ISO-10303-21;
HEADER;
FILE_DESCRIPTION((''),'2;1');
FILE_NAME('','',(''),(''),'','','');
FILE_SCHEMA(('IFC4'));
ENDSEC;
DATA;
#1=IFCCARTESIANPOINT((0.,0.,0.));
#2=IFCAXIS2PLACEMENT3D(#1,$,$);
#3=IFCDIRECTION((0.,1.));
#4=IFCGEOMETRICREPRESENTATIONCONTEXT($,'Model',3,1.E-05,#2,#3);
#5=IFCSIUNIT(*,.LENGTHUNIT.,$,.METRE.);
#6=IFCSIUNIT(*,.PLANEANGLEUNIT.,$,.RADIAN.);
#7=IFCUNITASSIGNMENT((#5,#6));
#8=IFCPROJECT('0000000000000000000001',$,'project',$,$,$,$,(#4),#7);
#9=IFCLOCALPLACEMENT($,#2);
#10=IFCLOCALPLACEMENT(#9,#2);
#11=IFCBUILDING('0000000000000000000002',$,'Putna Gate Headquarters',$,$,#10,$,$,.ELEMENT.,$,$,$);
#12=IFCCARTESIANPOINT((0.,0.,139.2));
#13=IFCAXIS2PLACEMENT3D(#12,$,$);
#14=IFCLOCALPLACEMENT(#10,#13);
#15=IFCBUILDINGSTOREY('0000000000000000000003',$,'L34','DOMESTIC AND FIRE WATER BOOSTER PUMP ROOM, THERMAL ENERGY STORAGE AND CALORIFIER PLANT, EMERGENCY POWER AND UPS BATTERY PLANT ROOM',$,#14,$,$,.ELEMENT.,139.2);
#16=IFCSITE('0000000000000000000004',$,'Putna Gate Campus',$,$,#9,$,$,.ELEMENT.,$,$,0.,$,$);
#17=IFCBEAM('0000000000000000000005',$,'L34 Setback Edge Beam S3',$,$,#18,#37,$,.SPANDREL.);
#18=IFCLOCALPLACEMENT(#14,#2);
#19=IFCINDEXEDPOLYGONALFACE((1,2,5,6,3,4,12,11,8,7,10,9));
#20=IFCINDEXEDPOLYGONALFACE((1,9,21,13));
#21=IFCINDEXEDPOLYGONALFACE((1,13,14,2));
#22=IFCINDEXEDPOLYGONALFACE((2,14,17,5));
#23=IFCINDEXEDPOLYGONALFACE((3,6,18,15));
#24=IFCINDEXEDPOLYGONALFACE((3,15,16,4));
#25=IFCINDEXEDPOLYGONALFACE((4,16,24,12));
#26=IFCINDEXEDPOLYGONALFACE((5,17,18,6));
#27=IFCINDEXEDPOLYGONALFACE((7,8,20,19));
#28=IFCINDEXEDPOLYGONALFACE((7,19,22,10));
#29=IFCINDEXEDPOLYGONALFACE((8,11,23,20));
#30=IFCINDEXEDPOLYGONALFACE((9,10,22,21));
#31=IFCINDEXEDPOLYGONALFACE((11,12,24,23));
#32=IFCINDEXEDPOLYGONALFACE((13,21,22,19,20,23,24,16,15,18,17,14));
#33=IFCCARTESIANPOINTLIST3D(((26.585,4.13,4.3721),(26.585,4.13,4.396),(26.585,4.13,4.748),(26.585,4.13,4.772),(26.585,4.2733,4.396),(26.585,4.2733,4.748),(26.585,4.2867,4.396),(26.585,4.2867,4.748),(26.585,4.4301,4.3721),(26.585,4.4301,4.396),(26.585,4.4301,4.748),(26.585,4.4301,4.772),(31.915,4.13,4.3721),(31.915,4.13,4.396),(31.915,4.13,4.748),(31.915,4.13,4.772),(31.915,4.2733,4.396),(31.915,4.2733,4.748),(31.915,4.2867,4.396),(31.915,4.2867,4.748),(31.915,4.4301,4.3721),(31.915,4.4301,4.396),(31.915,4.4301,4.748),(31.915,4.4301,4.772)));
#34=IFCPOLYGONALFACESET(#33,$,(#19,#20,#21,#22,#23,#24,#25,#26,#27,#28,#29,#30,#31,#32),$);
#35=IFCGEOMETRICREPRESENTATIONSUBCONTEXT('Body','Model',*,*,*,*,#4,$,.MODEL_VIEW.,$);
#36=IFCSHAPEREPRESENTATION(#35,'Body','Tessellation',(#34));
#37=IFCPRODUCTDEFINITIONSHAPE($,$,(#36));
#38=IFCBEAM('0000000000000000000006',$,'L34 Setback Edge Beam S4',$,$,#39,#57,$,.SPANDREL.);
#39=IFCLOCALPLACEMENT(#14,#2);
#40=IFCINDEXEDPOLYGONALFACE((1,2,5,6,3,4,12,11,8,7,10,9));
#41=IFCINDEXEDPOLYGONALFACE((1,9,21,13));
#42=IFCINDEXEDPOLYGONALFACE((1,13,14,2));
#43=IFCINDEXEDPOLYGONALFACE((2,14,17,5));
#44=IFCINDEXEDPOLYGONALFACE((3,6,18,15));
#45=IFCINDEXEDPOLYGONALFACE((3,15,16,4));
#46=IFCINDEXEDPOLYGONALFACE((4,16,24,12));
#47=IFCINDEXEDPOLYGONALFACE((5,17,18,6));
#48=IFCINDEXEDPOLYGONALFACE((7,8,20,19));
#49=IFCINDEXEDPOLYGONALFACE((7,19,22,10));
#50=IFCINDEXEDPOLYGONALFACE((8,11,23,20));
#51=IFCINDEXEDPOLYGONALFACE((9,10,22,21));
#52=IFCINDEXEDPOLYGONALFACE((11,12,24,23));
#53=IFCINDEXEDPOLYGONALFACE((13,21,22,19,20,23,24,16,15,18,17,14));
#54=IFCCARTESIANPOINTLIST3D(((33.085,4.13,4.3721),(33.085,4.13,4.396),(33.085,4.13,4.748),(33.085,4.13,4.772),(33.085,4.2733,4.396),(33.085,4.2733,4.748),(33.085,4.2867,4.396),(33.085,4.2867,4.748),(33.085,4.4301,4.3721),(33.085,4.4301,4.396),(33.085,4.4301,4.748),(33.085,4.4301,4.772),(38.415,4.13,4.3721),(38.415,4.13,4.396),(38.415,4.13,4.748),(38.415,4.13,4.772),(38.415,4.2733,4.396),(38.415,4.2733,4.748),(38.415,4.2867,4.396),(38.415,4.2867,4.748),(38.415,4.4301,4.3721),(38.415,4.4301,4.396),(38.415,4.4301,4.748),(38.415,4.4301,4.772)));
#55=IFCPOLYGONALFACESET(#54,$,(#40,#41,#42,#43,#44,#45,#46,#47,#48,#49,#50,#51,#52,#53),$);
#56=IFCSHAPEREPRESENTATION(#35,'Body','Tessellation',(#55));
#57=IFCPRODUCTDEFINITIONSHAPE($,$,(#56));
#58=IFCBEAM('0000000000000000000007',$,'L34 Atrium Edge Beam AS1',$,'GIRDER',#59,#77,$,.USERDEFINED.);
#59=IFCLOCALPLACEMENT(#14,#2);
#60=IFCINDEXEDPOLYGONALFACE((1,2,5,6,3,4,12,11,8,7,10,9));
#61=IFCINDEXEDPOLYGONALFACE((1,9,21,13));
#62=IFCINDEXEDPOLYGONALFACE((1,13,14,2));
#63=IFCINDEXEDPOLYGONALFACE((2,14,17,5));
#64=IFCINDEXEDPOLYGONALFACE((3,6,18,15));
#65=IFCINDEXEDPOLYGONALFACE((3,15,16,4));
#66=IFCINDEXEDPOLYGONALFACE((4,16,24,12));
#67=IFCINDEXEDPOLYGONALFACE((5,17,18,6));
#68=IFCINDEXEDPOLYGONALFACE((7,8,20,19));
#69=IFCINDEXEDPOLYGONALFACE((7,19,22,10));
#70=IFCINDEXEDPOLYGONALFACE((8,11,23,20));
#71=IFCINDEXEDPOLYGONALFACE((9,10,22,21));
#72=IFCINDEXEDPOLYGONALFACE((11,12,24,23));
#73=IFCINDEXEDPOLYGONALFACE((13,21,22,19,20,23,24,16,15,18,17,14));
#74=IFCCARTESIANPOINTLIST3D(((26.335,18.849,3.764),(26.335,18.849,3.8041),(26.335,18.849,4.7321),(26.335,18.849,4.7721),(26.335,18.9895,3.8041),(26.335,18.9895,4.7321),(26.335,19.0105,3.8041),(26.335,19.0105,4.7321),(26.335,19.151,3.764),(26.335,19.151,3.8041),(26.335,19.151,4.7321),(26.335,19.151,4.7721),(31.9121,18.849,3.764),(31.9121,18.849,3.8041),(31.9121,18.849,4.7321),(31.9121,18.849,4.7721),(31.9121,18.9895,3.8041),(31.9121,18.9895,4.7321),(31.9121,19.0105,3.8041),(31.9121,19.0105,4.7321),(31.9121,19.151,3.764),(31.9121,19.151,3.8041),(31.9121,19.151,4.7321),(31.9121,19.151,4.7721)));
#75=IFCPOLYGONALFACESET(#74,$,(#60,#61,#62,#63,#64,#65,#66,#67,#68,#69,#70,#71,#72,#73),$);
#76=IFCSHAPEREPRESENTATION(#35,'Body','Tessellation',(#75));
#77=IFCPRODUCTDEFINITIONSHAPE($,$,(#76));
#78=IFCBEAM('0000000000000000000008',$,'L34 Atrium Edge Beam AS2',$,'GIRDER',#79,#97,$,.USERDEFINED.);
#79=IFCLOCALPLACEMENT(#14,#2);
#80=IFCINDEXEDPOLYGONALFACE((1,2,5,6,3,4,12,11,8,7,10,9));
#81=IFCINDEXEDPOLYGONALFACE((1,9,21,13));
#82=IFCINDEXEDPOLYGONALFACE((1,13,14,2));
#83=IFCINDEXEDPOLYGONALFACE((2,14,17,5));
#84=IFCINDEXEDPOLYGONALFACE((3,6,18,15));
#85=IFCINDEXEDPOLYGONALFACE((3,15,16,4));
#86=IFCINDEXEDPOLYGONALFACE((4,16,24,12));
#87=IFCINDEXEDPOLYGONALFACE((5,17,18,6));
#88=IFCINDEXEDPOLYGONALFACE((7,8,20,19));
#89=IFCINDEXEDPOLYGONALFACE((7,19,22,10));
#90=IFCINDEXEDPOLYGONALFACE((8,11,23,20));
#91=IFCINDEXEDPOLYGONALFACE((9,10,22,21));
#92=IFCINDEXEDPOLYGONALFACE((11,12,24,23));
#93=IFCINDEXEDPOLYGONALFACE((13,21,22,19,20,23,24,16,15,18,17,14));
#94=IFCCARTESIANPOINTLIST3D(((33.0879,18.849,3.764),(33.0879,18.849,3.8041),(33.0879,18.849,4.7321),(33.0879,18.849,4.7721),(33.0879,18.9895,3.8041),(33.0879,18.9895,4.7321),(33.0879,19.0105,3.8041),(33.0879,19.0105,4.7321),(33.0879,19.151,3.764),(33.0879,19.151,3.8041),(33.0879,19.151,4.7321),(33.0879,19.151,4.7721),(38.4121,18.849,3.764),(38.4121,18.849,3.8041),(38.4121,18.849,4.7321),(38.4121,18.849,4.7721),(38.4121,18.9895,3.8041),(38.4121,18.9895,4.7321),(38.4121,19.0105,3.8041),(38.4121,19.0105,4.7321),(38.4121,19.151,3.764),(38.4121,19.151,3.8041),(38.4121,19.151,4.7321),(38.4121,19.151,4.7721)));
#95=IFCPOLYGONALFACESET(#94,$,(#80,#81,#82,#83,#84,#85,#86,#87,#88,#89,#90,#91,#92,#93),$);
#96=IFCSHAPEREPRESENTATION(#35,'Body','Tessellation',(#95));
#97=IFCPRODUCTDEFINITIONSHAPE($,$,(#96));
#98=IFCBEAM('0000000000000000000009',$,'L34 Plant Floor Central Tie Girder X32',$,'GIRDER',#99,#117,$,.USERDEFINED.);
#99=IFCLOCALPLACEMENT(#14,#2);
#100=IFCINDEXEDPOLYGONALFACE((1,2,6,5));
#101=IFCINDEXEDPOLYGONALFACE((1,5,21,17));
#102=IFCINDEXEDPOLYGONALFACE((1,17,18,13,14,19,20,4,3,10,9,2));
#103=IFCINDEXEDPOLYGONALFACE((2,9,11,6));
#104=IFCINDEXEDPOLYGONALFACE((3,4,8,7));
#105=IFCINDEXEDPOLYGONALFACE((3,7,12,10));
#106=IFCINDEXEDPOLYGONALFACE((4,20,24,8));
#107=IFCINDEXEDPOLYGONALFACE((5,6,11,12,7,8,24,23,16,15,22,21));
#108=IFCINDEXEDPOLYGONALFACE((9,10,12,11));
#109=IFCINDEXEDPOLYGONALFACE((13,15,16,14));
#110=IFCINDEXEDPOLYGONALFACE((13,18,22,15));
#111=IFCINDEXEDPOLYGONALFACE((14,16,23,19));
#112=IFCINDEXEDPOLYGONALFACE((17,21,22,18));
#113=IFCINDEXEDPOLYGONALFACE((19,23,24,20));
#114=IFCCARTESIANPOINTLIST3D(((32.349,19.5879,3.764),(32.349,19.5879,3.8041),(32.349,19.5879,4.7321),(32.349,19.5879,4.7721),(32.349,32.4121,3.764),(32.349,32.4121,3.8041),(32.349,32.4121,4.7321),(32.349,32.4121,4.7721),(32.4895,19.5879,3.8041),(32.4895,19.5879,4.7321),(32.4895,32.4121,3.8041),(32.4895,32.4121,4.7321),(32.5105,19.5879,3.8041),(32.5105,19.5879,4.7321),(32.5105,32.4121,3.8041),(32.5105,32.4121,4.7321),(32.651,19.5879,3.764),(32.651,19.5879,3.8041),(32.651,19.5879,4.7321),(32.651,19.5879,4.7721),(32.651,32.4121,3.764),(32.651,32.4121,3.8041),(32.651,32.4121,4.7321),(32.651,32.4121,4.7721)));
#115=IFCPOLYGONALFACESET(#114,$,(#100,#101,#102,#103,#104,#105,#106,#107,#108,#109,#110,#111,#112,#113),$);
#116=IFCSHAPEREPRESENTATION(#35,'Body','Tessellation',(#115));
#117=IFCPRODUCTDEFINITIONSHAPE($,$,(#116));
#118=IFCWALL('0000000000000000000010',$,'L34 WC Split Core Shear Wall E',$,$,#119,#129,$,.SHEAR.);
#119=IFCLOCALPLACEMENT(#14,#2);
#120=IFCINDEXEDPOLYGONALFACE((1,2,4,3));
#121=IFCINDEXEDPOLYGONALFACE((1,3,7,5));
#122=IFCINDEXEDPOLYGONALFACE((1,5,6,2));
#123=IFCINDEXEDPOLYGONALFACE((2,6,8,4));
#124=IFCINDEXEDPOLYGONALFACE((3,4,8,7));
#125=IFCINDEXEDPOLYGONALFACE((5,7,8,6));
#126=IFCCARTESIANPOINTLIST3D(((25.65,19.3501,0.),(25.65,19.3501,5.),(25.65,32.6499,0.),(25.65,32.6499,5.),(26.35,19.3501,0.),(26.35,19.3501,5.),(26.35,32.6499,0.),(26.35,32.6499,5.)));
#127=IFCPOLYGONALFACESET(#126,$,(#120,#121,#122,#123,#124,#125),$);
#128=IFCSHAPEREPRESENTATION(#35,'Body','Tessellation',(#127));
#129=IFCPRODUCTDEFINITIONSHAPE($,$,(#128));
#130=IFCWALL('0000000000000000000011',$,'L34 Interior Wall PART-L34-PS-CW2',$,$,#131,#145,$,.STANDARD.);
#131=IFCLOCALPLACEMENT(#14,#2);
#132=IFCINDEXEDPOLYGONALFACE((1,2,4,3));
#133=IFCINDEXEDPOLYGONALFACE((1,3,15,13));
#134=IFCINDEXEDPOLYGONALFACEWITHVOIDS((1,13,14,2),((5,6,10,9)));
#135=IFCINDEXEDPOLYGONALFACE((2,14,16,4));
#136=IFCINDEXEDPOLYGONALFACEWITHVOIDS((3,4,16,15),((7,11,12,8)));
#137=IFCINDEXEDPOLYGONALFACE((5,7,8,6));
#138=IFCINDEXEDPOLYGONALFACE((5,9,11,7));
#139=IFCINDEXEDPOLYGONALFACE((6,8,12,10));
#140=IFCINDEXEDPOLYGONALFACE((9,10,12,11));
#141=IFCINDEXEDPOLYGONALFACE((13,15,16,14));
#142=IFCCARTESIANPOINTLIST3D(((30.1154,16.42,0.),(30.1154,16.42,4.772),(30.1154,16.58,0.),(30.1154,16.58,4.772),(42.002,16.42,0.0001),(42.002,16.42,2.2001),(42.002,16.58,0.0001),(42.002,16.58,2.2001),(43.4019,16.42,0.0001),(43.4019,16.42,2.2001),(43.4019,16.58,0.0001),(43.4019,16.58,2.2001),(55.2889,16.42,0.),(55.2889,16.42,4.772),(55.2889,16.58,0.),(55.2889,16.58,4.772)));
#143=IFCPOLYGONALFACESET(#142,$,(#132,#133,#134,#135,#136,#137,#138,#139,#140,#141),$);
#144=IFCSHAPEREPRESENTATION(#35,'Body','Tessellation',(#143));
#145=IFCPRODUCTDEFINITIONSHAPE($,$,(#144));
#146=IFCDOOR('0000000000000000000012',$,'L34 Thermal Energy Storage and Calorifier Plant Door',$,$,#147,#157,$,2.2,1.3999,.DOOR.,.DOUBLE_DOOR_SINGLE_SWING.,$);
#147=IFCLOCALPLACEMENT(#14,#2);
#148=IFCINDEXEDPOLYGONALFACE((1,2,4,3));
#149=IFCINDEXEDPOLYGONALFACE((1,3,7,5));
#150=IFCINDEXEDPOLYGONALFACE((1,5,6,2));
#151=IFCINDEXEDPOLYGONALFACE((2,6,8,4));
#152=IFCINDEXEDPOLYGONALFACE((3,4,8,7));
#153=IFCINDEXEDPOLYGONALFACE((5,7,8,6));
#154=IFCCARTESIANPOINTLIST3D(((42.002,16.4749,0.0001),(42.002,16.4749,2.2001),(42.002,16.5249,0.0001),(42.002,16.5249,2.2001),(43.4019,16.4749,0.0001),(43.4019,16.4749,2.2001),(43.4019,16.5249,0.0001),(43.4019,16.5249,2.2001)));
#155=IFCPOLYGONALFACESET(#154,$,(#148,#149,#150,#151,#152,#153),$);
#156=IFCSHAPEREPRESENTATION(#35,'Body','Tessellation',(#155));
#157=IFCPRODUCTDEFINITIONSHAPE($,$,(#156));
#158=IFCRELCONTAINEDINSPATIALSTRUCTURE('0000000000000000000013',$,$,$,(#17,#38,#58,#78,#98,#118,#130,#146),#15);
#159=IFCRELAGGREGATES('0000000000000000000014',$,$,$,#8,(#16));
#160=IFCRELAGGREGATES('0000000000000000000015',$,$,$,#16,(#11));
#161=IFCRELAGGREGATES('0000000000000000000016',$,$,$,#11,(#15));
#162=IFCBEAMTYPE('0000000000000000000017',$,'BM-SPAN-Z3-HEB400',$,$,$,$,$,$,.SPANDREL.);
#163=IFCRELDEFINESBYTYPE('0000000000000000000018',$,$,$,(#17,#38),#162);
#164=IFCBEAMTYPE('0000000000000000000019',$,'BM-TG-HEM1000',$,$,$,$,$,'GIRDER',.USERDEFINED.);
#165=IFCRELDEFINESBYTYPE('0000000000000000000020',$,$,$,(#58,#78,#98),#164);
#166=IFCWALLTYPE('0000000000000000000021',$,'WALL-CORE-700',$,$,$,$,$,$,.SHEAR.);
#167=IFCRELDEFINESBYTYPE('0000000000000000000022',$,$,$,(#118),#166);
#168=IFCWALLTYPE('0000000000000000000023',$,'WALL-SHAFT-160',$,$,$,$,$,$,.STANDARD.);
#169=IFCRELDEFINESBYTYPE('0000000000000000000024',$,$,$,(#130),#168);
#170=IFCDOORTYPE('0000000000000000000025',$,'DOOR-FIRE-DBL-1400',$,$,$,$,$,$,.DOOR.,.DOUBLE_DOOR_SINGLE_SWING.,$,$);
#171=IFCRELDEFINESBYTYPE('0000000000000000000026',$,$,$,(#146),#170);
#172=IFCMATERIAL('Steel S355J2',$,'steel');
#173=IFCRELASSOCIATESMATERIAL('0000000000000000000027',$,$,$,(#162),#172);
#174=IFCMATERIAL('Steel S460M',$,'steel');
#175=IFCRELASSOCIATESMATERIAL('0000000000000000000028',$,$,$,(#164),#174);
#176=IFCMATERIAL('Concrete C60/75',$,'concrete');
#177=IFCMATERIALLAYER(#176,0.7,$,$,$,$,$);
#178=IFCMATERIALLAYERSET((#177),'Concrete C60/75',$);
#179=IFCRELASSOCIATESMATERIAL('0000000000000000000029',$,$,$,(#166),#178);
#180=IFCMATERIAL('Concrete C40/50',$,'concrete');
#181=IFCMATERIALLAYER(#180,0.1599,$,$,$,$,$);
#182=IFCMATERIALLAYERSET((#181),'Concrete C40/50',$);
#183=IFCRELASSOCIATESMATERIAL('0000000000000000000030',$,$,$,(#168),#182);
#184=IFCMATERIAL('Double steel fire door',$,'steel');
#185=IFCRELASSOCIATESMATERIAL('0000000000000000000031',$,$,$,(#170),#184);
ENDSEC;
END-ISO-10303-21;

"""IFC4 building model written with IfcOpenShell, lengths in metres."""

from ifc_helpers import new_model, si_unit, direction, frame, frame_2d, origin, origin_2d, place, context, subcontext, project, spatial, rectangle, i_section, extrude, material, layer, layer_set, material_profile, profile_set, type_object, element, fill, save


model = new_model("IFC4")

# Units and contexts
model_context = context("Model", 3, precision=1e-05, world=origin(), true_north=direction((0.0, 1.0)))
body_context = subcontext(model_context, "Body", "Model", "MODEL_VIEW")
ifc_project = project(units=[si_unit("LENGTHUNIT", "METRE"), si_unit("PLANEANGLEUNIT", "RADIAN")], contexts=[model_context])

# Site, building, storey
site_placement = place(None, origin())
site = spatial("IfcSite", under=ifc_project, at=site_placement, Name="Putna Gate Campus", CompositionType="ELEMENT", RefElevation=0.0)
building_placement = place(site_placement, origin())
building = spatial("IfcBuilding", under=site, at=building_placement, Name="Putna Gate Headquarters", CompositionType="ELEMENT")
storey_placement = place(building_placement, frame((0.0, 0.0, 139.2)))
storey = spatial("IfcBuildingStorey", under=building, at=storey_placement, Name="L34", Description="DOMESTIC AND FIRE WATER BOOSTER PUMP ROOM, THERMAL ENERGY STORAGE AND CALORIFIER PLANT, EMERGENCY POWER AND UPS BATTERY PLANT ROOM", CompositionType="ELEMENT", Elevation=139.2)

# Shared definitions
ifc_material_1 = material(Name="Concrete C60/75", Category="concrete")

# Beams
ifc_material_2 = material(Name="Steel S355J2", Category="steel")
ifc_material_profile_1 = material_profile(ifc_material_2, i_section(OverallWidth=0.3, OverallDepth=0.3999, WebThickness=0.0134, FlangeThickness=0.0239, at=origin_2d()), Name="Steel S355J2")
ifc_profile_set_1 = profile_set([ifc_material_profile_1], Name="Steel S355J2")
beam_type_1 = type_object("IfcBeamType", Name="BM-SPAN-Z3-HEB400", PredefinedType="SPANDREL", material=ifc_profile_set_1)
for number, where, z_axis, x_axis, name in (
    (1, (26.585, 4.28, 4.572), (1.0, 0.0, 0.0), (0.0, 1.0, 0.0), "L34 Setback Edge Beam S3"),
    (2, (33.085, 4.28, 4.572), (1.0, 0.0, 0.0), (0.0, 1.0, 0.0), "L34 Setback Edge Beam S4"),
):
    element("IfcBeam", number, at=place(storey_placement, frame(where, z_axis=z_axis, x_axis=x_axis)), inside=storey, type_object=beam_type_1, Name=name, PredefinedType="SPANDREL", context=body_context, shape_type="SweptSolid", body=[
        extrude(i_section(OverallWidth=0.3, OverallDepth=0.3999, WebThickness=0.0134, FlangeThickness=0.0239, at=origin_2d()), origin(), (0.0, 0.0, 1.0), 5.3301),
    ])
ifc_material_3 = material(Name="Steel S460M", Category="steel")
ifc_material_profile_2 = material_profile(ifc_material_3, i_section(OverallWidth=0.302, OverallDepth=1.0081, WebThickness=0.021, FlangeThickness=0.04, at=origin_2d()), Name="Steel S460M")
ifc_profile_set_2 = profile_set([ifc_material_profile_2], Name="Steel S460M")
beam_type_2 = type_object("IfcBeamType", Name="BM-TG-HEM1000", ElementType="GIRDER", PredefinedType="USERDEFINED", material=ifc_profile_set_2)
beam_1_placement = place(storey_placement, frame((26.335, 19.0, 4.2681), z_axis=(1.0, 0.0, 0.0), x_axis=(0.0, 1.0, 0.0)))
element("IfcBeam", 3, at=beam_1_placement, inside=storey, type_object=beam_type_2, Name="L34 Atrium Edge Beam AS1", ObjectType="GIRDER", PredefinedType="USERDEFINED", context=body_context, shape_type="SweptSolid", body=[
    extrude(i_section(OverallWidth=0.302, OverallDepth=1.0081, WebThickness=0.021, FlangeThickness=0.04, at=origin_2d()), origin(), (0.0, 0.0, 1.0), 5.5771),
])
beam_2_placement = place(storey_placement, frame((33.0879, 19.0, 4.2681), z_axis=(1.0, 0.0, 0.0), x_axis=(0.0, 1.0, 0.0)))
element("IfcBeam", 4, at=beam_2_placement, inside=storey, type_object=beam_type_2, Name="L34 Atrium Edge Beam AS2", ObjectType="GIRDER", PredefinedType="USERDEFINED", context=body_context, shape_type="SweptSolid", body=[
    extrude(i_section(OverallWidth=0.302, OverallDepth=1.0081, WebThickness=0.021, FlangeThickness=0.04, at=origin_2d()), origin(), (0.0, 0.0, 1.0), 5.3242),
])
beam_3_placement = place(storey_placement, frame((32.5, 19.5879, 4.2681), z_axis=(0.0, 1.0, 0.0), x_axis=(-1.0, 0.0, 0.0)))
element("IfcBeam", 5, at=beam_3_placement, inside=storey, type_object=beam_type_2, Name="L34 Plant Floor Central Tie Girder X32", ObjectType="GIRDER", PredefinedType="USERDEFINED", context=body_context, shape_type="SweptSolid", body=[
    extrude(i_section(OverallWidth=0.302, OverallDepth=1.0081, WebThickness=0.021, FlangeThickness=0.04, at=origin_2d()), origin(), (0.0, 0.0, 1.0), 12.8242),
])

# Wall
ifc_layer_1 = layer(ifc_material_1, 0.7)
ifc_layer_set_1 = layer_set([ifc_layer_1], Name="Concrete C60/75")
wall_type_1 = type_object("IfcWallType", Name="WALL-CORE-700", PredefinedType="SHEAR", material=ifc_layer_set_1)
wall_1_placement = place(storey_placement, frame((26.0, 19.3501, 0.0), z_axis=(0.0, 0.0, 1.0), x_axis=(0.0, 1.0, 0.0)))
element("IfcWall", 6, at=wall_1_placement, inside=storey, type_object=wall_type_1, Name="L34 WC Split Core Shear Wall E", PredefinedType="SHEAR", context=body_context, shape_type="SweptSolid", body=[
    extrude(rectangle(XDim=13.2998, YDim=0.7, at=frame_2d((6.6499, 0.0))), origin(), (0.0, 0.0, 1.0), 5.0),
])

# Wall, opening, door
ifc_material_4 = material(Name="Concrete C40/50", Category="concrete")
ifc_layer_2 = layer(ifc_material_4, 0.1599)
ifc_layer_set_2 = layer_set([ifc_layer_2], Name="Concrete C40/50")
wall_type_2 = type_object("IfcWallType", Name="WALL-SHAFT-160", PredefinedType="STANDARD", material=ifc_layer_set_2)
wall_2_placement = place(storey_placement, frame((30.1152, 16.5, 0.0), z_axis=(0.0, 0.0, 1.0), x_axis=(1.0, 0.0, 0.0)))
wall_2 = element("IfcWall", 7, at=wall_2_placement, inside=storey, type_object=wall_type_2, Name="L34 Interior Wall PART-L34-PS-CW2", PredefinedType="STANDARD", context=body_context, shape_type="SweptSolid", body=[
    extrude(rectangle(XDim=25.1736, YDim=0.1599, at=frame_2d((12.5869, 0.0))), origin(), (0.0, 0.0, 1.0), 4.772),
])
opening_placement = place(wall_2_placement, frame((11.8867, 0.0, 0.0)))
opening = element("IfcOpeningElement", 8, at=opening_placement, cuts=wall_2, PredefinedType="OPENING", context=body_context, shape_type="SweptSolid", body=[
    extrude(rectangle(XDim=1.3999, YDim=2.2, at=frame_2d((0.7, 1.1001))), frame((0.0, 0.0898, 0.0), z_axis=(0.0, -1.0, 0.0), x_axis=(1.0, 0.0, 0.0)), (0.0, 0.0, 1.0), 0.1799),
])
ifc_material_5 = material(Name="Double steel fire door", Category="steel")
door_type = type_object("IfcDoorType", Name="DOOR-FIRE-DBL-1400", OperationType="DOUBLE_DOOR_SINGLE_SWING", PredefinedType="DOOR", material=ifc_material_5)
door_placement = place(opening_placement, origin())
door = element("IfcDoor", 9, at=door_placement, inside=storey, type_object=door_type, Name="L34 Thermal Energy Storage and Calorifier Plant Door", OperationType="DOUBLE_DOOR_SINGLE_SWING", OverallHeight=2.2, OverallWidth=1.3999, PredefinedType="DOOR", context=body_context, shape_type="SweptSolid", body=[
    extrude(rectangle(XDim=1.3999, YDim=2.2, at=frame_2d((0.7, 1.1001))), frame((0.0, 0.0249, 0.0), z_axis=(0.0, -1.0, 0.0), x_axis=(1.0, 0.0, 0.0)), (0.0, 0.0, 1.0), 0.05),
])
fill(opening, door)

save(model, "model.ifc")
